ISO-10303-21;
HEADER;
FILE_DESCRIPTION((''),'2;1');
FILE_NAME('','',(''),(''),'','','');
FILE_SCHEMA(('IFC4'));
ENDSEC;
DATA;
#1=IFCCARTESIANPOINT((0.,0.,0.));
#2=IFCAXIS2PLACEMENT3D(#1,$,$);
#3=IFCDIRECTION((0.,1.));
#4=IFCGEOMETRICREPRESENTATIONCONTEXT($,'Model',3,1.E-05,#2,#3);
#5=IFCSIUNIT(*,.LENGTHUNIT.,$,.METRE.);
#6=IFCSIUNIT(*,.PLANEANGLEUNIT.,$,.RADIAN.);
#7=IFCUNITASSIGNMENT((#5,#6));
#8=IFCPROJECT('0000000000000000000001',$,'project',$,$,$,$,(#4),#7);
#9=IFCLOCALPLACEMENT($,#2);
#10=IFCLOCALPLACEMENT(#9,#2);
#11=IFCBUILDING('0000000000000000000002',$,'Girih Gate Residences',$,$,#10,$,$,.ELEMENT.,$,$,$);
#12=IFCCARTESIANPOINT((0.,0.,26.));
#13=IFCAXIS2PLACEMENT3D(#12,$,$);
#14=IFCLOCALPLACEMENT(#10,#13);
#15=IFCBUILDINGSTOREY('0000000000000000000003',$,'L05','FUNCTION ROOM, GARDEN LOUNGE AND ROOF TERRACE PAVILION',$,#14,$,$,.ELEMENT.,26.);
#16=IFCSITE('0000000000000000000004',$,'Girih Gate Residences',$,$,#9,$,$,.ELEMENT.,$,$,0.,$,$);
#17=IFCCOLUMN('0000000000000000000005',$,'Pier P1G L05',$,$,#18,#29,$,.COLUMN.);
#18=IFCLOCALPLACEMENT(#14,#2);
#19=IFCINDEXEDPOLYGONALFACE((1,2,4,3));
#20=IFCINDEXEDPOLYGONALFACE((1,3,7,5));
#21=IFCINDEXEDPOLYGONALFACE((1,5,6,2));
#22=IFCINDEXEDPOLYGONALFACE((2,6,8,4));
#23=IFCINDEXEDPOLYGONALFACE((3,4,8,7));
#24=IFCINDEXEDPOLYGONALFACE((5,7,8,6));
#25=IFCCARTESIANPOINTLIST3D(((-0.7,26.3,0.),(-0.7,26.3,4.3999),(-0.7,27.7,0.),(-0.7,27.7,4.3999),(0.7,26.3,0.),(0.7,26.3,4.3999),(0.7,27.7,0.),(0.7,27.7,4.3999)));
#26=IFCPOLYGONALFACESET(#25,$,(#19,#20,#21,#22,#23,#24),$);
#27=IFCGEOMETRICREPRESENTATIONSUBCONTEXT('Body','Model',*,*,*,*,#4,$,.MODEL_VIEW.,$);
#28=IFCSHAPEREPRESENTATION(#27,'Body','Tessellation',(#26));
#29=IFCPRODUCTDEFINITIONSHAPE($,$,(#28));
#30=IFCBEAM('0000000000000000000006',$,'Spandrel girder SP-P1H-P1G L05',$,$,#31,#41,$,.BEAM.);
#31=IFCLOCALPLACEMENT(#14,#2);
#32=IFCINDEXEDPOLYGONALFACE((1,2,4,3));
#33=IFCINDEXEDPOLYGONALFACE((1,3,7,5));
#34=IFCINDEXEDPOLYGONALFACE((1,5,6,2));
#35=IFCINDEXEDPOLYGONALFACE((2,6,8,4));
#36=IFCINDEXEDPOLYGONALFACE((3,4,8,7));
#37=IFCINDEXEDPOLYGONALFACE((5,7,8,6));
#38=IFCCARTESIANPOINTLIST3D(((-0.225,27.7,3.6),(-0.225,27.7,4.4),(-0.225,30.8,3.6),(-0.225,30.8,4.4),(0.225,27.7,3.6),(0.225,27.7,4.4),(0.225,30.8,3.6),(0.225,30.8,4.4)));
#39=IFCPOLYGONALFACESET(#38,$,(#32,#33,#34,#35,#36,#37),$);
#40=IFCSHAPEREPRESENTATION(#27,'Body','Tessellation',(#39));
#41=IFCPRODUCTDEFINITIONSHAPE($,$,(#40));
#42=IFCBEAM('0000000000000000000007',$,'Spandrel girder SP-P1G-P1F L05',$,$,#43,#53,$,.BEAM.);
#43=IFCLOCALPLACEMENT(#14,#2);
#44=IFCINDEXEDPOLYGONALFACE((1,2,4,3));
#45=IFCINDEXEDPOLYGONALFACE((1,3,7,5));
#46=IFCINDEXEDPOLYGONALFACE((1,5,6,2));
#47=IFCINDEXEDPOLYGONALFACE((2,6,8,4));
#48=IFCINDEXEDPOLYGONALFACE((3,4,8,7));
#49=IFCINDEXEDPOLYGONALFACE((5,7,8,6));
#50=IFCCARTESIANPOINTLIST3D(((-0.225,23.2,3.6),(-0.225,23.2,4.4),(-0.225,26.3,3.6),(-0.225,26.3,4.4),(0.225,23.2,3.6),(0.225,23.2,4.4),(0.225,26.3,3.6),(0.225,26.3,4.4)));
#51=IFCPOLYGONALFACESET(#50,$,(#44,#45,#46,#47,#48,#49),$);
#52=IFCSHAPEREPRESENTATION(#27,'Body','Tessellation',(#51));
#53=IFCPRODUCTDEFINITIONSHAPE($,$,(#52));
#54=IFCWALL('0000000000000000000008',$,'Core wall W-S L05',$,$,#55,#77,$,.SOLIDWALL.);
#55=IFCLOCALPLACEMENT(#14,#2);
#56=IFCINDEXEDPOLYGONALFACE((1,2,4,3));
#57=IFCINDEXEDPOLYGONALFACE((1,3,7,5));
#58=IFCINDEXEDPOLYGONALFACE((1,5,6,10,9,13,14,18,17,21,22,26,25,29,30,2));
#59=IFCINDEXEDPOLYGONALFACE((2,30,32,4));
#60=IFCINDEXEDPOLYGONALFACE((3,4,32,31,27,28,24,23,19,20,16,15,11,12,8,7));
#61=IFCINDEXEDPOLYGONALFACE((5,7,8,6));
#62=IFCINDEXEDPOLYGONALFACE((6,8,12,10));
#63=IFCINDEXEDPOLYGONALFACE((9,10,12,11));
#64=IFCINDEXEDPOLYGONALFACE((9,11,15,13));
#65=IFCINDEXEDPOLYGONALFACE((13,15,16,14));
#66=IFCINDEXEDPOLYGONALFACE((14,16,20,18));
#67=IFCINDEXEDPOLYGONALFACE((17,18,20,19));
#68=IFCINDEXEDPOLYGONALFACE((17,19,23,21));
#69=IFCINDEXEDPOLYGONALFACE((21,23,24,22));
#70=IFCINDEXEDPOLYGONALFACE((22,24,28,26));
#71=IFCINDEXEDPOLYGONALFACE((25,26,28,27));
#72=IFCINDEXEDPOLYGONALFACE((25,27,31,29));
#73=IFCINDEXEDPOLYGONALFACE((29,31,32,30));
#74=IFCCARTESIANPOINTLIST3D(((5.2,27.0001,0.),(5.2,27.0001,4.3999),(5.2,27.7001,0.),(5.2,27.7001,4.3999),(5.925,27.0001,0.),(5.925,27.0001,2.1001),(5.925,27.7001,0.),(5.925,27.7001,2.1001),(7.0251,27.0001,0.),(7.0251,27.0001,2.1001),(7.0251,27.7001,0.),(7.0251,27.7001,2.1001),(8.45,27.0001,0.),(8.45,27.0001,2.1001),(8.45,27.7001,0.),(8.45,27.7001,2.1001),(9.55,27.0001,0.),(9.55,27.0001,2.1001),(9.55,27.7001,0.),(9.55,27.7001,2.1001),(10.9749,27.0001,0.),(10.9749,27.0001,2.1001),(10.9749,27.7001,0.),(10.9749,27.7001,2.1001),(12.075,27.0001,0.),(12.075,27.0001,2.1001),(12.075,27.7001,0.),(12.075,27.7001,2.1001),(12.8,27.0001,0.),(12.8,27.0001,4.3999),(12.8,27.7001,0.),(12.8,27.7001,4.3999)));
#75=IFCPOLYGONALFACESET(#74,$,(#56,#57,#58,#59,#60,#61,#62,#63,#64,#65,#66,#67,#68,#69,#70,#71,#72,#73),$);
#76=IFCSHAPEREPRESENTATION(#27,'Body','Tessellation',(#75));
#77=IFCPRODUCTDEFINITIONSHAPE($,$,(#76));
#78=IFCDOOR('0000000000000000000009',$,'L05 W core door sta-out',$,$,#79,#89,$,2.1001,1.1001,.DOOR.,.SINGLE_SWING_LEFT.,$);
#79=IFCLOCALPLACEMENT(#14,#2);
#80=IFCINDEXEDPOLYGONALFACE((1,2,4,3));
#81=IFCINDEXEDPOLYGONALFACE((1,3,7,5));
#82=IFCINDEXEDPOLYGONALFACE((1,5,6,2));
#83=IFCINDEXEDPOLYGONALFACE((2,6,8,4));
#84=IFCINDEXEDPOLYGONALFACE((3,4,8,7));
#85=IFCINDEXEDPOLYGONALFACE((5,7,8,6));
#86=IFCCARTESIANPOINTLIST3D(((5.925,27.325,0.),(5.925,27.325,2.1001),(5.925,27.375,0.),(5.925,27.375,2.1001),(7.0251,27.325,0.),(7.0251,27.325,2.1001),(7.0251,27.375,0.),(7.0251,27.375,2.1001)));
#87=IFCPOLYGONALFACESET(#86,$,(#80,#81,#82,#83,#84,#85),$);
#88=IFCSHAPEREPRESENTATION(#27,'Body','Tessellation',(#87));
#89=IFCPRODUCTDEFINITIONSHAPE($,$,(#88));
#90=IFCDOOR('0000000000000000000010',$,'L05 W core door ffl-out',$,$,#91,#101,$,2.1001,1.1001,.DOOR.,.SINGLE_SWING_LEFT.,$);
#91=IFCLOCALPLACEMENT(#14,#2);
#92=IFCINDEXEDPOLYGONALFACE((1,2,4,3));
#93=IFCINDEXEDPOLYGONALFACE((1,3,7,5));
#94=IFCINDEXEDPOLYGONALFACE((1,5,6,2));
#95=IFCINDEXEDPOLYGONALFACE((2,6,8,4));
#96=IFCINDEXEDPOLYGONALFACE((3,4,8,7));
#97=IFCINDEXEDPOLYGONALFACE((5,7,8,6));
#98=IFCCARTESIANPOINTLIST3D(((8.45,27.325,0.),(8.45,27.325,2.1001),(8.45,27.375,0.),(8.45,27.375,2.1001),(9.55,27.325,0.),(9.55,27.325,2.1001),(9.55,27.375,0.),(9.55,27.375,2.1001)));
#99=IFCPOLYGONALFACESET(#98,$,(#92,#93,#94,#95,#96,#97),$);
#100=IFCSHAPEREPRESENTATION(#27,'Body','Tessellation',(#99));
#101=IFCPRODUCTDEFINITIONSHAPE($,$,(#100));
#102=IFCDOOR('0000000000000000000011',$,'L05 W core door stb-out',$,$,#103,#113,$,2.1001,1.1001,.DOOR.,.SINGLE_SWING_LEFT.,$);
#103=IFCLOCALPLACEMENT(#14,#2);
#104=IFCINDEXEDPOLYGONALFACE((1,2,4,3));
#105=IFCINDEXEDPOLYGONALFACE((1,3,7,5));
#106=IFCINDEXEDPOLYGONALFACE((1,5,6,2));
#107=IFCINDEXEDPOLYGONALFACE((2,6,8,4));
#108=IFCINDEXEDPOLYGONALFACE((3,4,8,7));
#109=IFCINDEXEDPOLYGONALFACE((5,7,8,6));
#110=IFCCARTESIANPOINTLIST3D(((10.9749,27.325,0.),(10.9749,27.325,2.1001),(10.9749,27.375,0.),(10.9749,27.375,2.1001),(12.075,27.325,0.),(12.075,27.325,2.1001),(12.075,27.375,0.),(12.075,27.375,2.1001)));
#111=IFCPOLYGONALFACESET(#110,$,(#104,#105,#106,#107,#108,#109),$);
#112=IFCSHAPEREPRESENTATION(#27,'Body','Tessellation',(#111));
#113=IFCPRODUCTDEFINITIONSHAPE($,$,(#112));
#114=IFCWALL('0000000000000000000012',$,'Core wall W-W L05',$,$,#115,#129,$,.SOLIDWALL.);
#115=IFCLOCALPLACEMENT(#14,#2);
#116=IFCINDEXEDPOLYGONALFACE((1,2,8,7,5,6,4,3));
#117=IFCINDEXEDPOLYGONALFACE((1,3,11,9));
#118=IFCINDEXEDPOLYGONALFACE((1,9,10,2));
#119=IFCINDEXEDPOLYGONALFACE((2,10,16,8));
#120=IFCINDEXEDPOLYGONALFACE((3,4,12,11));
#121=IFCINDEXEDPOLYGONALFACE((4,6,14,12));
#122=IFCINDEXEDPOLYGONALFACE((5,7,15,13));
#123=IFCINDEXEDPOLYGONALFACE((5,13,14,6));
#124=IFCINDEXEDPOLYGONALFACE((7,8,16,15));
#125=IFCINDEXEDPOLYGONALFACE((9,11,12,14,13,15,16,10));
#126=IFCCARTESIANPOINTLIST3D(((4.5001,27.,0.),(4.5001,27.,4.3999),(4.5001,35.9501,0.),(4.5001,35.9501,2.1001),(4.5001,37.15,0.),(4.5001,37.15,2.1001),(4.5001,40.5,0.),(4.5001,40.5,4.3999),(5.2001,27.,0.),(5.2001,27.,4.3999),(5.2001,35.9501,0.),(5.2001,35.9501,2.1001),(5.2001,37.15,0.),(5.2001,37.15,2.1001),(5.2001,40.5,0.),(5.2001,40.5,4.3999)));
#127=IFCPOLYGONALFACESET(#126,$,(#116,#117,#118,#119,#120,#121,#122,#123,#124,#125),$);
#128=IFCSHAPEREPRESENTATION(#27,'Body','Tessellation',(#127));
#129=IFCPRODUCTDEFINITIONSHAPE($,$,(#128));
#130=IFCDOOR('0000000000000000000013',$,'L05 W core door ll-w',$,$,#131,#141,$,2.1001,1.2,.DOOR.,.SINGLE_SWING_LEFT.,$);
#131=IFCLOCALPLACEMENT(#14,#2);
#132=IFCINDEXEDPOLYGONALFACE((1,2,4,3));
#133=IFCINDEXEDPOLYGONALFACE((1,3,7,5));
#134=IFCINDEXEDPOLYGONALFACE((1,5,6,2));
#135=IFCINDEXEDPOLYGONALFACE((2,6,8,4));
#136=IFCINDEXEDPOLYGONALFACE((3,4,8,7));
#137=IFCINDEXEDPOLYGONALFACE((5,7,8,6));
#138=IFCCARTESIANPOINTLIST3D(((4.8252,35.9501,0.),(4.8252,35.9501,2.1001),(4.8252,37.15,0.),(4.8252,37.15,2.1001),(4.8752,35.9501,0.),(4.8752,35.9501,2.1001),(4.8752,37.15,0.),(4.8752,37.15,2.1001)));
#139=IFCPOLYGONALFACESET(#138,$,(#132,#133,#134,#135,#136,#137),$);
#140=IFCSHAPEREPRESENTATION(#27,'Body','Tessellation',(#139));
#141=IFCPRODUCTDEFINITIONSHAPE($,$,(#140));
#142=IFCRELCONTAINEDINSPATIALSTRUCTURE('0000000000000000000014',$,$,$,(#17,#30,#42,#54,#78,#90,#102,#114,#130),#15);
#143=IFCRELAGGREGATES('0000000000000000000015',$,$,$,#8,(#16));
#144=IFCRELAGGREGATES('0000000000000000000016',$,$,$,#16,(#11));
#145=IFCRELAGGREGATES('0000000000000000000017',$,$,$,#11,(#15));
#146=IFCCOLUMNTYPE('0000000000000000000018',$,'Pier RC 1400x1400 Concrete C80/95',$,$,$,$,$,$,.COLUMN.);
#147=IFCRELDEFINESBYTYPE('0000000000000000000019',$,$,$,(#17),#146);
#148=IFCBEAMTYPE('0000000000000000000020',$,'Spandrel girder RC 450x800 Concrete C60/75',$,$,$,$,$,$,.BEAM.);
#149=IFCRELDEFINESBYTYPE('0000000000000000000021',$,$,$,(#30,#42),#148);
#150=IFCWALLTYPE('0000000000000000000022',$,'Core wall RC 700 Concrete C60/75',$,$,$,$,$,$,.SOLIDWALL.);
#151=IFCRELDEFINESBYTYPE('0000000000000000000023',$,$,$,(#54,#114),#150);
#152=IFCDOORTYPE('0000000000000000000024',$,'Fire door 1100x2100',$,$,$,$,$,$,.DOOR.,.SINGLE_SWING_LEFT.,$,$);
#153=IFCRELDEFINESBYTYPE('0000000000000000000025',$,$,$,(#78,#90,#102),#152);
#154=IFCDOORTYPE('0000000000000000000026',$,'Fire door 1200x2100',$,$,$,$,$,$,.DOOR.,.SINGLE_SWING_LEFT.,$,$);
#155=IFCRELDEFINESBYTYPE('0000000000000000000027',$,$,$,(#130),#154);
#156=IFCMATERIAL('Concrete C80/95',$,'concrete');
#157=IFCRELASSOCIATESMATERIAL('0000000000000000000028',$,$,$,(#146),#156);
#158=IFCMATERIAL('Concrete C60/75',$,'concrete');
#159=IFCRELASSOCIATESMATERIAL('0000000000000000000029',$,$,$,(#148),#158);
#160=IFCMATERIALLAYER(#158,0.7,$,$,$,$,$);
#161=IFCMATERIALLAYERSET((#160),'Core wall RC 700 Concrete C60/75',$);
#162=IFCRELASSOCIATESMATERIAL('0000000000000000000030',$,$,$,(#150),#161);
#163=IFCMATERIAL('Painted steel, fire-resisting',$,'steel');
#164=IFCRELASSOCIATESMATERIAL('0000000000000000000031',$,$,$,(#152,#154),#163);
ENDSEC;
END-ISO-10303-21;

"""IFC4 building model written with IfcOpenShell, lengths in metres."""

from ifc_helpers import new_model, si_unit, direction, frame, frame_2d, origin, origin_2d, place, context, subcontext, project, spatial, rectangle, extrude, material, layer, layer_set, material_profile, profile_set, type_object, element, fill, save


model = new_model("IFC4")

# Units and contexts
model_context = context("Model", 3, precision=1e-05, world=origin(), true_north=direction((0.0, 1.0)))
body_context = subcontext(model_context, "Body", "Model", "MODEL_VIEW")
ifc_project = project(units=[si_unit("LENGTHUNIT", "METRE"), si_unit("PLANEANGLEUNIT", "RADIAN")], contexts=[model_context])

# Site, building, storey
site_placement = place(None, origin())
site = spatial("IfcSite", under=ifc_project, at=site_placement, Name="Girih Gate Residences", CompositionType="ELEMENT", RefElevation=0.0)
building_placement = place(site_placement, origin())
building = spatial("IfcBuilding", under=site, at=building_placement, Name="Girih Gate Residences", CompositionType="ELEMENT")
storey_placement = place(building_placement, frame((0.0, 0.0, 26.0)))
storey = spatial("IfcBuildingStorey", under=building, at=storey_placement, Name="L05", Description="FUNCTION ROOM, GARDEN LOUNGE AND ROOF TERRACE PAVILION", CompositionType="ELEMENT", Elevation=26.0)

# Column
ifc_material_1 = material(Name="Concrete C80/95", Category="concrete")
ifc_material_profile_1 = material_profile(ifc_material_1, rectangle(XDim=1.3999, YDim=1.3999, at=origin_2d()))
ifc_profile_set_1 = profile_set([ifc_material_profile_1], Name="Concrete C80/95")
column_type = type_object("IfcColumnType", Name="Pier RC 1400x1400 Concrete C80/95", PredefinedType="COLUMN", material=ifc_profile_set_1)
column_placement = place(storey_placement, frame((0.0, 27.0, 0.0), z_axis=(0.0, 0.0, 1.0), x_axis=(1.0, 0.0, 0.0)))
element("IfcColumn", 1, at=column_placement, inside=storey, type_object=column_type, Name="Pier P1G L05", PredefinedType="COLUMN", context=body_context, shape_type="SweptSolid", body=[
    extrude(rectangle(XDim=1.3999, YDim=1.3999, at=origin_2d()), origin(), (0.0, 0.0, 1.0), 4.3999),
])

# Beams
ifc_material_2 = material(Name="Concrete C60/75", Category="concrete")
ifc_material_profile_2 = material_profile(ifc_material_2, rectangle(XDim=0.45, YDim=0.8, at=origin_2d()))
ifc_profile_set_2 = profile_set([ifc_material_profile_2], Name="Concrete C60/75")
beam_type = type_object("IfcBeamType", Name="Spandrel girder RC 450x800 Concrete C60/75", PredefinedType="BEAM", material=ifc_profile_set_2)
for number, where, z_axis, x_axis, name in (
    (2, (0.0, 30.8, 4.0), (0.0, -1.0, 0.0), (1.0, 0.0, 0.0), "Spandrel girder SP-P1H-P1G L05"),
    (3, (0.0, 26.3, 4.0), (0.0, -1.0, 0.0), (1.0, 0.0, 0.0), "Spandrel girder SP-P1G-P1F L05"),
):
    element("IfcBeam", number, at=place(storey_placement, frame(where, z_axis=z_axis, x_axis=x_axis)), inside=storey, type_object=beam_type, Name=name, PredefinedType="BEAM", context=body_context, shape_type="SweptSolid", body=[
        extrude(rectangle(XDim=0.45, YDim=0.8, at=origin_2d()), origin(), (0.0, 0.0, 1.0), 3.1001),
    ])

# Wall, openings, doors
ifc_layer_1 = layer(ifc_material_2, 0.7)
ifc_layer_set_1 = layer_set([ifc_layer_1], Name="Core wall RC 700 Concrete C60/75")
wall_type_1 = type_object("IfcWallType", Name="Core wall RC 700 Concrete C60/75", PredefinedType="SOLIDWALL", material=ifc_layer_set_1)
wall_1_placement = place(storey_placement, frame((5.2, 27.3501, 0.0), z_axis=(0.0, 0.0, 1.0), x_axis=(1.0, 0.0, 0.0)))
wall_1 = element("IfcWall", 4, at=wall_1_placement, inside=storey, type_object=wall_type_1, Name="Core wall W-S L05", PredefinedType="SOLIDWALL", context=body_context, shape_type="SweptSolid", body=[
    extrude(rectangle(XDim=7.6001, YDim=0.7, at=frame_2d((3.8, 0.0))), origin(), (0.0, 0.0, 1.0), 4.3999),
])
opening_1_placement = place(wall_1_placement, frame((0.7251, 0.0, 0.0)))
opening_1 = element("IfcOpeningElement", 5, at=opening_1_placement, cuts=wall_1, PredefinedType="OPENING", context=body_context, shape_type="SweptSolid", body=[
    extrude(rectangle(XDim=1.1001, YDim=2.1001, at=frame_2d((0.55, 1.05))), frame((0.0, 0.3599, 0.0), z_axis=(0.0, -1.0, 0.0), x_axis=(1.0, 0.0, 0.0)), (0.0, 0.0, 1.0), 0.72),
])
opening_2_placement = place(wall_1_placement, frame((3.25, 0.0, 0.0)))
opening_2 = element("IfcOpeningElement", 6, at=opening_2_placement, cuts=wall_1, PredefinedType="OPENING", context=body_context, shape_type="SweptSolid", body=[
    extrude(rectangle(XDim=1.1001, YDim=2.1001, at=frame_2d((0.55, 1.05))), frame((0.0, 0.3599, 0.0), z_axis=(0.0, -1.0, 0.0), x_axis=(1.0, 0.0, 0.0)), (0.0, 0.0, 1.0), 0.72),
])
opening_3_placement = place(wall_1_placement, frame((5.7749, 0.0, 0.0)))
opening_3 = element("IfcOpeningElement", 7, at=opening_3_placement, cuts=wall_1, PredefinedType="OPENING", context=body_context, shape_type="SweptSolid", body=[
    extrude(rectangle(XDim=1.1001, YDim=2.1001, at=frame_2d((0.55, 1.05))), frame((0.0, 0.3599, 0.0), z_axis=(0.0, -1.0, 0.0), x_axis=(1.0, 0.0, 0.0)), (0.0, 0.0, 1.0), 0.72),
])
ifc_material_3 = material(Name="Painted steel, fire-resisting", Category="steel")
door_type_1 = type_object("IfcDoorType", Name="Fire door 1100x2100", OperationType="SINGLE_SWING_LEFT", PredefinedType="DOOR", material=ifc_material_3)
door_1_placement = place(opening_1_placement, origin())
door_1 = element("IfcDoor", 8, at=door_1_placement, inside=storey, type_object=door_type_1, Name="L05 W core door sta-out", OperationType="SINGLE_SWING_LEFT", OverallHeight=2.1001, OverallWidth=1.1001, PredefinedType="DOOR", context=body_context, shape_type="SweptSolid", body=[
    extrude(rectangle(XDim=1.1001, YDim=2.1001, at=frame_2d((0.55, 1.05))), frame((0.0, 0.0249, 0.0), z_axis=(0.0, -1.0, 0.0), x_axis=(1.0, 0.0, 0.0)), (0.0, 0.0, 1.0), 0.05),
])
fill(opening_1, door_1)
door_2_placement = place(opening_2_placement, origin())
door_2 = element("IfcDoor", 9, at=door_2_placement, inside=storey, type_object=door_type_1, Name="L05 W core door ffl-out", OperationType="SINGLE_SWING_LEFT", OverallHeight=2.1001, OverallWidth=1.1001, PredefinedType="DOOR", context=body_context, shape_type="SweptSolid", body=[
    extrude(rectangle(XDim=1.1001, YDim=2.1001, at=frame_2d((0.55, 1.05))), frame((0.0, 0.0249, 0.0), z_axis=(0.0, -1.0, 0.0), x_axis=(1.0, 0.0, 0.0)), (0.0, 0.0, 1.0), 0.05),
])
fill(opening_2, door_2)
door_3_placement = place(opening_3_placement, origin())
door_3 = element("IfcDoor", 10, at=door_3_placement, inside=storey, type_object=door_type_1, Name="L05 W core door stb-out", OperationType="SINGLE_SWING_LEFT", OverallHeight=2.1001, OverallWidth=1.1001, PredefinedType="DOOR", context=body_context, shape_type="SweptSolid", body=[
    extrude(rectangle(XDim=1.1001, YDim=2.1001, at=frame_2d((0.55, 1.05))), frame((0.0, 0.0249, 0.0), z_axis=(0.0, -1.0, 0.0), x_axis=(1.0, 0.0, 0.0)), (0.0, 0.0, 1.0), 0.05),
])
fill(opening_3, door_3)

# Wall, opening, door
wall_2_placement = place(storey_placement, frame((4.8501, 27.0, 0.0), z_axis=(0.0, 0.0, 1.0), x_axis=(0.0, 1.0, 0.0)))
wall_2 = element("IfcWall", 11, at=wall_2_placement, inside=storey, type_object=wall_type_1, Name="Core wall W-W L05", PredefinedType="SOLIDWALL", context=body_context, shape_type="SweptSolid", body=[
    extrude(rectangle(XDim=13.5, YDim=0.7, at=frame_2d((6.75, 0.0))), origin(), (0.0, 0.0, 1.0), 4.3999),
])
opening_4_placement = place(wall_2_placement, frame((8.95, 0.0, 0.0)))
opening_4 = element("IfcOpeningElement", 12, at=opening_4_placement, cuts=wall_2, PredefinedType="OPENING", context=body_context, shape_type="SweptSolid", body=[
    extrude(rectangle(XDim=1.2, YDim=2.1001, at=frame_2d((0.6001, 1.05))), frame((0.0, 0.3599, 0.0), z_axis=(0.0, -1.0, 0.0), x_axis=(1.0, 0.0, 0.0)), (0.0, 0.0, 1.0), 0.72),
])
door_type_2 = type_object("IfcDoorType", Name="Fire door 1200x2100", OperationType="SINGLE_SWING_LEFT", PredefinedType="DOOR", material=ifc_material_3)
door_4_placement = place(opening_4_placement, origin())
door_4 = element("IfcDoor", 13, at=door_4_placement, inside=storey, type_object=door_type_2, Name="L05 W core door ll-w", OperationType="SINGLE_SWING_LEFT", OverallHeight=2.1001, OverallWidth=1.2, PredefinedType="DOOR", context=body_context, shape_type="SweptSolid", body=[
    extrude(rectangle(XDim=1.2, YDim=2.1001, at=frame_2d((0.6001, 1.05))), frame((0.0, 0.0249, 0.0), z_axis=(0.0, -1.0, 0.0), x_axis=(1.0, 0.0, 0.0)), (0.0, 0.0, 1.0), 0.05),
])
fill(opening_4, door_4)

save(model, "model.ifc")
